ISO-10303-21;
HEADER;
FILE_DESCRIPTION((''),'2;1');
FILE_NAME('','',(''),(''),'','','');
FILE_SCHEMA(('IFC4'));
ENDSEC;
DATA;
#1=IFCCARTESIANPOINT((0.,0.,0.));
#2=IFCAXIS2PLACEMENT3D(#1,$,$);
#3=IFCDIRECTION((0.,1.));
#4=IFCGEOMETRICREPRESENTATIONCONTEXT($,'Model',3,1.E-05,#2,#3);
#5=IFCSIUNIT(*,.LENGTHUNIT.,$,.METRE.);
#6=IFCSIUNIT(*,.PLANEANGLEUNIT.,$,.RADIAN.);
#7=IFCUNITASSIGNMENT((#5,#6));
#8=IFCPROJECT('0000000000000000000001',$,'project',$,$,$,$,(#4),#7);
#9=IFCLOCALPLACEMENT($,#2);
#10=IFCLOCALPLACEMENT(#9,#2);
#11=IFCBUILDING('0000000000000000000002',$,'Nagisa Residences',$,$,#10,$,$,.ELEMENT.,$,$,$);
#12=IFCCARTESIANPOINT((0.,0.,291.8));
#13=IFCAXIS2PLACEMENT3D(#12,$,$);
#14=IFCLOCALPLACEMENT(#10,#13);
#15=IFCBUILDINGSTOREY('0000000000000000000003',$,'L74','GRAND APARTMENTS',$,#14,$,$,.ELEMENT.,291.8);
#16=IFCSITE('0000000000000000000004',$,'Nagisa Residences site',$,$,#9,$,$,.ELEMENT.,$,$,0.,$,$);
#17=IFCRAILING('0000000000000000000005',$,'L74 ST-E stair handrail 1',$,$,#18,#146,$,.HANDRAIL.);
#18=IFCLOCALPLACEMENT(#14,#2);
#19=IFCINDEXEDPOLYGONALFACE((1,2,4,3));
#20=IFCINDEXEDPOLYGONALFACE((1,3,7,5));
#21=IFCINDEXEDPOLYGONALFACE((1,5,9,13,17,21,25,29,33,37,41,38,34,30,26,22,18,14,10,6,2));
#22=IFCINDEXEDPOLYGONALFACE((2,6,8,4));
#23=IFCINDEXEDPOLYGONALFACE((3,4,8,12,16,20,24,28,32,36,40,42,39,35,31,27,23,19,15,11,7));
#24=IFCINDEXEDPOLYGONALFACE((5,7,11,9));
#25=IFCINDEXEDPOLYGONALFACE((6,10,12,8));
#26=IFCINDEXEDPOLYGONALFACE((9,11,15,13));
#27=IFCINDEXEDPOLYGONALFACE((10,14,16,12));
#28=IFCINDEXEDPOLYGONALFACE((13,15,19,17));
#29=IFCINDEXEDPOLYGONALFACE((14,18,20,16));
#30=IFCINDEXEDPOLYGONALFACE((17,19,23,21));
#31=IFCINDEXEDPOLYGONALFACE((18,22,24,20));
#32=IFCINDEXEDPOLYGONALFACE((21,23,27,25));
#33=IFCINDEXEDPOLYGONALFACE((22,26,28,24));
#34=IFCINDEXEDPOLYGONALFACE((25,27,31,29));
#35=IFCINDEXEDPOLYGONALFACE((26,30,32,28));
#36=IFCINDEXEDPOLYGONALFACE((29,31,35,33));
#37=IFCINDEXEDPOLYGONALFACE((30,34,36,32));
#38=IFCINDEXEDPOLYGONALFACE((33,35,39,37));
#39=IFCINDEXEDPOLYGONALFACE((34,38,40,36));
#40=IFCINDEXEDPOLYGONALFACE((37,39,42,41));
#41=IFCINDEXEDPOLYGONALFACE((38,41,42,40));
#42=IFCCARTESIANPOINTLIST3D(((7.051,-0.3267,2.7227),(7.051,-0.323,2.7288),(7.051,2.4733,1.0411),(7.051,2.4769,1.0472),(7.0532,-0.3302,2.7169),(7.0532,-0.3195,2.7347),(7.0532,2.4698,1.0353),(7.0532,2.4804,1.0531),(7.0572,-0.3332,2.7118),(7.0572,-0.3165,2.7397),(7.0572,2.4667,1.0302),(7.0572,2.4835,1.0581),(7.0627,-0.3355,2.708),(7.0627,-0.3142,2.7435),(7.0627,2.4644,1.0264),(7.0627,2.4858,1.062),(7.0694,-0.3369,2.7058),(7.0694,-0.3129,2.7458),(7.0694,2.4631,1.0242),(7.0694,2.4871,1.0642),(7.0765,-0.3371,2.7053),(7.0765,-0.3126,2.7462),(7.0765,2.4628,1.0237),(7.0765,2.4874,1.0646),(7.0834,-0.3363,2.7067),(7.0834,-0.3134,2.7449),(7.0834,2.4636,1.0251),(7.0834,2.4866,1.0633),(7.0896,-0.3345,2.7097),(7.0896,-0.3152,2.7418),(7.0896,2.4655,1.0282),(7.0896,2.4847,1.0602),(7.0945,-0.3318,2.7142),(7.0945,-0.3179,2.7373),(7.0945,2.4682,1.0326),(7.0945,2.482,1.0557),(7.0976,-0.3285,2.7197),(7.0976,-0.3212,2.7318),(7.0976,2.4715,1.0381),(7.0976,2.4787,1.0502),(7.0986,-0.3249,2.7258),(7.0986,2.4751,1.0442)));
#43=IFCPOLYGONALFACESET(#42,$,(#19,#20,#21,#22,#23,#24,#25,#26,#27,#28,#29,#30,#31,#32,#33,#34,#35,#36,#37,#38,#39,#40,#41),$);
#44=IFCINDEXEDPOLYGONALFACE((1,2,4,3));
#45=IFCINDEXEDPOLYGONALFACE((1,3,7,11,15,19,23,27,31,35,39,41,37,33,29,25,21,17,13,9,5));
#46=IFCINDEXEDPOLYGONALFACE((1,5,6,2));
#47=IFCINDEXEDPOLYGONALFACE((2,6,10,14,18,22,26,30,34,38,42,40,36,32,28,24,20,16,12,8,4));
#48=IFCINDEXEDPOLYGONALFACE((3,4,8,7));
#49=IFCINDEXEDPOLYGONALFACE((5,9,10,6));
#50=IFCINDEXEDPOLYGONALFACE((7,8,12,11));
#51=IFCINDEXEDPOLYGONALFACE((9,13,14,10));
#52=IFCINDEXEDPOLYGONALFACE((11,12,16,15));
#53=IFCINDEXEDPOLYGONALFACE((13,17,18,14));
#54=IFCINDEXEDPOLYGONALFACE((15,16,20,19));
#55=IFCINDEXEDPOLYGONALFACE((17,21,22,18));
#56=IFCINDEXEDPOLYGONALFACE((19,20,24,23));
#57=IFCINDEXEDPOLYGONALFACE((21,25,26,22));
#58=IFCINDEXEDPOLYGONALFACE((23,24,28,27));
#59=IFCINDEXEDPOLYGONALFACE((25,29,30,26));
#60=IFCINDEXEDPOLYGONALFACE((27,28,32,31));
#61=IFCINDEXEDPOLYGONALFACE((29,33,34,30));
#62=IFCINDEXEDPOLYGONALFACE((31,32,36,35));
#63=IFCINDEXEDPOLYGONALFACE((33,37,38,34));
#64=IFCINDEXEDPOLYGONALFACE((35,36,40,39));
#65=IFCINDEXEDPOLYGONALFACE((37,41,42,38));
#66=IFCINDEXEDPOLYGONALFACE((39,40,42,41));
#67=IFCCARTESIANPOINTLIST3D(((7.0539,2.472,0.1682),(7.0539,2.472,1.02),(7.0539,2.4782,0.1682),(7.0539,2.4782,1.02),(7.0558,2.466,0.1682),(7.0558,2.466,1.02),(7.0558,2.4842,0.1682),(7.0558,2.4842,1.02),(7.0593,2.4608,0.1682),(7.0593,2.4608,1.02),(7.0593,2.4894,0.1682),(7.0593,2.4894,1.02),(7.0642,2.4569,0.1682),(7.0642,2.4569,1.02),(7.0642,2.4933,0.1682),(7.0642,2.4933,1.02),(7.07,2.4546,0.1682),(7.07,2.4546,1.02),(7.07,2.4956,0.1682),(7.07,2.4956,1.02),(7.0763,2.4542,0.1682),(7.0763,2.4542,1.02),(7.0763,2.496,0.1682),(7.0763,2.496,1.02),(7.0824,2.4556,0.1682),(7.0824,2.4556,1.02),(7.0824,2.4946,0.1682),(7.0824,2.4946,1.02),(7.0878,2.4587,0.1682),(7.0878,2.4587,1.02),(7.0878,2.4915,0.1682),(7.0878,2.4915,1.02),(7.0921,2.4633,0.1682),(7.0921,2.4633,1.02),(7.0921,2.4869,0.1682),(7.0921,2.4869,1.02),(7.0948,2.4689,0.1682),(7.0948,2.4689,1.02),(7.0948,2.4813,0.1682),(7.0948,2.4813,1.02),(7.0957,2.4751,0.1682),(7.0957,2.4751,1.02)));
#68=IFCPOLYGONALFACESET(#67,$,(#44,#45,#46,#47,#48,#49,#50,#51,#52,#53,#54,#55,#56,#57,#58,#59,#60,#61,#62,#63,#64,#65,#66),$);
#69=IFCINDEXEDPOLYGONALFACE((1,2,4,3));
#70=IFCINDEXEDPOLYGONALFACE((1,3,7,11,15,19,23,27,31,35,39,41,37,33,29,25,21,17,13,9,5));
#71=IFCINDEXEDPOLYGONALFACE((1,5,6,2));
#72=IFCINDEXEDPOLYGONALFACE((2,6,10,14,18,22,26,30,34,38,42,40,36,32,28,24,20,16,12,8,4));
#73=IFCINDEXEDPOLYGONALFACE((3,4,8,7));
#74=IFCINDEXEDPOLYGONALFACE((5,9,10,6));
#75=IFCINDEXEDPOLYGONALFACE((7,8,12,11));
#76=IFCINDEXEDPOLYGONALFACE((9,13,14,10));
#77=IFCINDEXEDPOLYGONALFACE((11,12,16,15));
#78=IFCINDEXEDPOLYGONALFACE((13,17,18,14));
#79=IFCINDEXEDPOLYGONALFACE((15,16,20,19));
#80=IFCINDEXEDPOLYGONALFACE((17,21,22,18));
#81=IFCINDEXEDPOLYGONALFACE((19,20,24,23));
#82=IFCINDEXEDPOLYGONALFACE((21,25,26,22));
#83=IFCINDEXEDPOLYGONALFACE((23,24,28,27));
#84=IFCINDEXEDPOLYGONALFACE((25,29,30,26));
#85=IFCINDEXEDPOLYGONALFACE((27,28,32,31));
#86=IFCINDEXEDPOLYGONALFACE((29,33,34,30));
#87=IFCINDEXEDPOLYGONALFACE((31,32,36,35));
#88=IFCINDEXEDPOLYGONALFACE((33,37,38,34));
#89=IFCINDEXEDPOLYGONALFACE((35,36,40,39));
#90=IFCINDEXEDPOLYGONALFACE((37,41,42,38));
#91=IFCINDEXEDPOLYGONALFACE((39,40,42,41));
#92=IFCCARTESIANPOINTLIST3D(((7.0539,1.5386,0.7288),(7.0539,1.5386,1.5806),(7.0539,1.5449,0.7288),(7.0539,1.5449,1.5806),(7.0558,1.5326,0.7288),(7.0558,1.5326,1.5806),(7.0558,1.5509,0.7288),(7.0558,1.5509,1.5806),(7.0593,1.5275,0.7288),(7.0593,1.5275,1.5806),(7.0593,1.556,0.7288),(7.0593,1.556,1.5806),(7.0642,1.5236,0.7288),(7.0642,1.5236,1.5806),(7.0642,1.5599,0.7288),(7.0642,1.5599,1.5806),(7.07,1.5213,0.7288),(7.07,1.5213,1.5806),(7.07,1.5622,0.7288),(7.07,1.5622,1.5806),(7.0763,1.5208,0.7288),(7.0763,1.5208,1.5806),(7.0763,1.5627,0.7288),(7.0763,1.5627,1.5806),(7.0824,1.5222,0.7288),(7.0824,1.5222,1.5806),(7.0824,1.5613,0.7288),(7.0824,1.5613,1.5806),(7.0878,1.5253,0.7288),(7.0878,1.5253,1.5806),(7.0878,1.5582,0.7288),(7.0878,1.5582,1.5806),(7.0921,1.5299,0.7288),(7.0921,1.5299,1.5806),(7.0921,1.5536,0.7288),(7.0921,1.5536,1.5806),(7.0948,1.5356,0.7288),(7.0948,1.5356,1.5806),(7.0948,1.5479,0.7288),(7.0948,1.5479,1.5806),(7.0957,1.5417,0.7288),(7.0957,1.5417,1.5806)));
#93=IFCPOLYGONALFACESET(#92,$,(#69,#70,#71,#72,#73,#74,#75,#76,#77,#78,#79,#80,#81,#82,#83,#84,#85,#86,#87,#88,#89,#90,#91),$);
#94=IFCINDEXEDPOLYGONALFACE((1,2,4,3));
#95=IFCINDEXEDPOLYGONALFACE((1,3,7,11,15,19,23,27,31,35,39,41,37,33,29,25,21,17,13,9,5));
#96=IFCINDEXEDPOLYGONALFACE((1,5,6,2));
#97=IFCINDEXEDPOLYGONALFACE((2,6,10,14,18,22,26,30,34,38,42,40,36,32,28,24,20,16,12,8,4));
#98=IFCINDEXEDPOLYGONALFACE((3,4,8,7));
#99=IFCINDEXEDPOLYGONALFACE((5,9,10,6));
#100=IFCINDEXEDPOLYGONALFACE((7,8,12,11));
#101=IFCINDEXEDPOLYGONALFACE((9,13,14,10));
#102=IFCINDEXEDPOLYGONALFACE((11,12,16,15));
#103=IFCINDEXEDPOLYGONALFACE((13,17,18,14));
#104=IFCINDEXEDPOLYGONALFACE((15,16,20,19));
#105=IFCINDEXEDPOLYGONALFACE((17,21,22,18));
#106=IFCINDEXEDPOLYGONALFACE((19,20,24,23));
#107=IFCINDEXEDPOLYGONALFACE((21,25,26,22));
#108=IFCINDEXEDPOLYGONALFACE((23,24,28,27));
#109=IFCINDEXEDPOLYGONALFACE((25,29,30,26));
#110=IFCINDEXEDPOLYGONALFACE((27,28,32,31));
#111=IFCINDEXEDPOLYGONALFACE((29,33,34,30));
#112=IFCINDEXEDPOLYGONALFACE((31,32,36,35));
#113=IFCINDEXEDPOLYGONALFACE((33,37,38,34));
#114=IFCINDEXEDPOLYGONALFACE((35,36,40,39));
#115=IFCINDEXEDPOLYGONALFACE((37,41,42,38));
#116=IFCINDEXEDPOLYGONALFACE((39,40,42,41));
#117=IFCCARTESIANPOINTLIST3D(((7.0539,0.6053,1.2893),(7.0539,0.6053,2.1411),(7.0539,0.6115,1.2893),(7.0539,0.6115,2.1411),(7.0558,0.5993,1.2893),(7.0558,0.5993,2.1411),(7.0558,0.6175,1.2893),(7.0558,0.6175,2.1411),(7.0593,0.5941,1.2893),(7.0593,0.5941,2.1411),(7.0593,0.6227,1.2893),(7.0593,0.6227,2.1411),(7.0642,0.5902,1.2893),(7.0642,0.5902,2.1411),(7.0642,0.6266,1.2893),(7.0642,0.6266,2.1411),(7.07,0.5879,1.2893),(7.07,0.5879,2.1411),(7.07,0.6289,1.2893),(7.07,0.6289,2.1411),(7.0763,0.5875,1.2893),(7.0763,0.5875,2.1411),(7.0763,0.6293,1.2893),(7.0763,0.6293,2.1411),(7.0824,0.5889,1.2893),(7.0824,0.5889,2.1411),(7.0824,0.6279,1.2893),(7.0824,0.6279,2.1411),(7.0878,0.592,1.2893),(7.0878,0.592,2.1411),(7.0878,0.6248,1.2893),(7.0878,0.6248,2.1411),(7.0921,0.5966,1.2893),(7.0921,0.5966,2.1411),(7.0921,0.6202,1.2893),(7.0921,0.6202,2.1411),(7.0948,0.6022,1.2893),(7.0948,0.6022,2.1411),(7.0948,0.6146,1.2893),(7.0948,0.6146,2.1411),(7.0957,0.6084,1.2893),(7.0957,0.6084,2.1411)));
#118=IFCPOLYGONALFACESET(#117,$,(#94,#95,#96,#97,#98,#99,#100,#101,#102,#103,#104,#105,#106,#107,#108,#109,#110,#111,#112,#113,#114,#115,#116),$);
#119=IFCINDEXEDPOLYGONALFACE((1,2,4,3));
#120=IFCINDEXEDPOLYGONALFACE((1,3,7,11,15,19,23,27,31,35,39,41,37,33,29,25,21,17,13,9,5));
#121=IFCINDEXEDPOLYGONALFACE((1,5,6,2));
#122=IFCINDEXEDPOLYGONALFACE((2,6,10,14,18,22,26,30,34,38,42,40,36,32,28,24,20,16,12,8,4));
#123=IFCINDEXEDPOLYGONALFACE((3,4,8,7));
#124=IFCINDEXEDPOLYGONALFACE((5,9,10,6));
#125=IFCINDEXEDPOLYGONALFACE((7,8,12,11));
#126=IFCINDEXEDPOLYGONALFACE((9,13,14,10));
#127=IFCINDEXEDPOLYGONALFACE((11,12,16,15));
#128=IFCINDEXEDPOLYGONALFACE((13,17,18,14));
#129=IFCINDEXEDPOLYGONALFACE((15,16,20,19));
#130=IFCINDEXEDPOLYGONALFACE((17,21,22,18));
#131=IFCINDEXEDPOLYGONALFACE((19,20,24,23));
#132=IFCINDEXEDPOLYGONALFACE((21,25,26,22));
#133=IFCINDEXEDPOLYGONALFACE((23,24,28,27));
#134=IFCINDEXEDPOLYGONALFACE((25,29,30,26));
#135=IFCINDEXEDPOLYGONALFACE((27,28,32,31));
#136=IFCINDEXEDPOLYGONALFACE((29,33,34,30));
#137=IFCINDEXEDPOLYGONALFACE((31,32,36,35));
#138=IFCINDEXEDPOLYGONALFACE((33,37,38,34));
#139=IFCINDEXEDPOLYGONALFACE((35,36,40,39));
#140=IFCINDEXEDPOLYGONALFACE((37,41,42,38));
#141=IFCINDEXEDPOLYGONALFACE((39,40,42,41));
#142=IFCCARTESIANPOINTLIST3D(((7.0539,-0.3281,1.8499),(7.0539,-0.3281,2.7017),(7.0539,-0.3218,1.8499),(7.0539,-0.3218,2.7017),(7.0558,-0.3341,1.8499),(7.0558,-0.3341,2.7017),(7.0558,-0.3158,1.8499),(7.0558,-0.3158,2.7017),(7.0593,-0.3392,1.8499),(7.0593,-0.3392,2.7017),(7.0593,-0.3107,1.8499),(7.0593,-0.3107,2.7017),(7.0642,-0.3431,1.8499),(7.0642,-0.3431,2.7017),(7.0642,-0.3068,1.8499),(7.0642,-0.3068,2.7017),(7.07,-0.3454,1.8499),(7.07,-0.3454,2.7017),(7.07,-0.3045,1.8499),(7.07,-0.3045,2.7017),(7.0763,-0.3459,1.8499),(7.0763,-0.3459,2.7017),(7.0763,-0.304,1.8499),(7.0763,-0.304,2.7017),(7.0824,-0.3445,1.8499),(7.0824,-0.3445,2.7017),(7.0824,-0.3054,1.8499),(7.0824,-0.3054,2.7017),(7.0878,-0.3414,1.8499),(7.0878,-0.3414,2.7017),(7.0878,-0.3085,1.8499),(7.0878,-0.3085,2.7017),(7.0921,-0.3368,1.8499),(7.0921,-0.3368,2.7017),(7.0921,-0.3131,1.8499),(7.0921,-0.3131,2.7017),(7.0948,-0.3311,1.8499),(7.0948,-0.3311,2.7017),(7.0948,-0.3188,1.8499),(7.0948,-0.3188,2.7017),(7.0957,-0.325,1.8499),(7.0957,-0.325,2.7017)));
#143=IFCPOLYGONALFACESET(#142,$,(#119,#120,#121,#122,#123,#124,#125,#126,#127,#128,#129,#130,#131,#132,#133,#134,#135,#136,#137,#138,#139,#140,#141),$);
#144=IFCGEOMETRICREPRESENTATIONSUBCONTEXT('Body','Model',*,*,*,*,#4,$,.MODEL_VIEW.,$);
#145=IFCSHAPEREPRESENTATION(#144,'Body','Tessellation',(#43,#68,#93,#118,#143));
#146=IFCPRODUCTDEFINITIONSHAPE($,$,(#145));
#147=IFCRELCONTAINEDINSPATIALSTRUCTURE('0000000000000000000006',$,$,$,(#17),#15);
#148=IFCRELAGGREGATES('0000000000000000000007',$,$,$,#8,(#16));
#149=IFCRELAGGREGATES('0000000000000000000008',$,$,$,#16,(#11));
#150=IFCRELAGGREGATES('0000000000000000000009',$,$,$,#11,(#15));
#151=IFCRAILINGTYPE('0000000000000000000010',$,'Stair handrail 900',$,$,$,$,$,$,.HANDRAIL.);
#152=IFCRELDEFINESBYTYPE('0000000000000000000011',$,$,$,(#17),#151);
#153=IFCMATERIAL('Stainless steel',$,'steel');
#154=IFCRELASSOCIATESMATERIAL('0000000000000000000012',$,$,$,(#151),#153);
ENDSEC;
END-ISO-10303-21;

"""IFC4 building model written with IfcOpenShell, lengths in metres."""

from ifc_helpers import new_model, si_unit, direction, frame, origin, origin_2d, place, context, subcontext, project, spatial, circle, extrude, material, type_object, element, save


model = new_model("IFC4")

# Units and contexts
model_context = context("Model", 3, precision=1e-05, world=origin(), true_north=direction((0.0, 1.0)))
body_context = subcontext(model_context, "Body", "Model", "MODEL_VIEW")
ifc_project = project(units=[si_unit("LENGTHUNIT", "METRE"), si_unit("PLANEANGLEUNIT", "RADIAN")], contexts=[model_context])

# Site, building, storey
site_placement = place(None, origin())
site = spatial("IfcSite", under=ifc_project, at=site_placement, Name="Nagisa Residences site", CompositionType="ELEMENT", RefElevation=0.0)
building_placement = place(site_placement, origin())
building = spatial("IfcBuilding", under=site, at=building_placement, Name="Nagisa Residences", CompositionType="ELEMENT")
storey_placement = place(building_placement, frame((0.0, 0.0, 291.8)))
storey = spatial("IfcBuildingStorey", under=building, at=storey_placement, Name="L74", Description="GRAND APARTMENTS", CompositionType="ELEMENT", Elevation=291.8)

# Railing
ifc_material_1 = material(Name="Stainless steel", Category="steel")
railing_type_1 = type_object("IfcRailingType", Name="Stair handrail 900", PredefinedType="HANDRAIL", material=ifc_material_1)
railing_1_placement = place(storey_placement, frame((7.0747, 2.4751, 0.1682)))
element("IfcRailing", 1, at=railing_1_placement, inside=storey, type_object=railing_type_1, Name="L74 ST-E stair handrail 1", PredefinedType="HANDRAIL", context=body_context, shape_type="SweptSolid", body=[
    extrude(circle(Radius=0.0239, at=origin_2d()), frame((0.0, 0.0, 0.876), z_axis=(0.0, -0.857275, 0.514858), x_axis=(1.0, 0.0, 0.0)), (0.0, 0.0, 1.0), 3.2661),
    extrude(circle(Radius=0.021, at=origin_2d()), origin(), (0.0, 0.0, 1.0), 0.8518),
    extrude(circle(Radius=0.021, at=origin_2d()), frame((0.0, -0.9333, 0.5605)), (0.0, 0.0, 1.0), 0.8518),
    extrude(circle(Radius=0.021, at=origin_2d()), frame((0.0, -1.8667, 1.1211)), (0.0, 0.0, 1.0), 0.8518),
    extrude(circle(Radius=0.021, at=origin_2d()), frame((0.0, -2.8, 1.6816)), (0.0, 0.0, 1.0), 0.8518),
])

save(model, "model.ifc")
